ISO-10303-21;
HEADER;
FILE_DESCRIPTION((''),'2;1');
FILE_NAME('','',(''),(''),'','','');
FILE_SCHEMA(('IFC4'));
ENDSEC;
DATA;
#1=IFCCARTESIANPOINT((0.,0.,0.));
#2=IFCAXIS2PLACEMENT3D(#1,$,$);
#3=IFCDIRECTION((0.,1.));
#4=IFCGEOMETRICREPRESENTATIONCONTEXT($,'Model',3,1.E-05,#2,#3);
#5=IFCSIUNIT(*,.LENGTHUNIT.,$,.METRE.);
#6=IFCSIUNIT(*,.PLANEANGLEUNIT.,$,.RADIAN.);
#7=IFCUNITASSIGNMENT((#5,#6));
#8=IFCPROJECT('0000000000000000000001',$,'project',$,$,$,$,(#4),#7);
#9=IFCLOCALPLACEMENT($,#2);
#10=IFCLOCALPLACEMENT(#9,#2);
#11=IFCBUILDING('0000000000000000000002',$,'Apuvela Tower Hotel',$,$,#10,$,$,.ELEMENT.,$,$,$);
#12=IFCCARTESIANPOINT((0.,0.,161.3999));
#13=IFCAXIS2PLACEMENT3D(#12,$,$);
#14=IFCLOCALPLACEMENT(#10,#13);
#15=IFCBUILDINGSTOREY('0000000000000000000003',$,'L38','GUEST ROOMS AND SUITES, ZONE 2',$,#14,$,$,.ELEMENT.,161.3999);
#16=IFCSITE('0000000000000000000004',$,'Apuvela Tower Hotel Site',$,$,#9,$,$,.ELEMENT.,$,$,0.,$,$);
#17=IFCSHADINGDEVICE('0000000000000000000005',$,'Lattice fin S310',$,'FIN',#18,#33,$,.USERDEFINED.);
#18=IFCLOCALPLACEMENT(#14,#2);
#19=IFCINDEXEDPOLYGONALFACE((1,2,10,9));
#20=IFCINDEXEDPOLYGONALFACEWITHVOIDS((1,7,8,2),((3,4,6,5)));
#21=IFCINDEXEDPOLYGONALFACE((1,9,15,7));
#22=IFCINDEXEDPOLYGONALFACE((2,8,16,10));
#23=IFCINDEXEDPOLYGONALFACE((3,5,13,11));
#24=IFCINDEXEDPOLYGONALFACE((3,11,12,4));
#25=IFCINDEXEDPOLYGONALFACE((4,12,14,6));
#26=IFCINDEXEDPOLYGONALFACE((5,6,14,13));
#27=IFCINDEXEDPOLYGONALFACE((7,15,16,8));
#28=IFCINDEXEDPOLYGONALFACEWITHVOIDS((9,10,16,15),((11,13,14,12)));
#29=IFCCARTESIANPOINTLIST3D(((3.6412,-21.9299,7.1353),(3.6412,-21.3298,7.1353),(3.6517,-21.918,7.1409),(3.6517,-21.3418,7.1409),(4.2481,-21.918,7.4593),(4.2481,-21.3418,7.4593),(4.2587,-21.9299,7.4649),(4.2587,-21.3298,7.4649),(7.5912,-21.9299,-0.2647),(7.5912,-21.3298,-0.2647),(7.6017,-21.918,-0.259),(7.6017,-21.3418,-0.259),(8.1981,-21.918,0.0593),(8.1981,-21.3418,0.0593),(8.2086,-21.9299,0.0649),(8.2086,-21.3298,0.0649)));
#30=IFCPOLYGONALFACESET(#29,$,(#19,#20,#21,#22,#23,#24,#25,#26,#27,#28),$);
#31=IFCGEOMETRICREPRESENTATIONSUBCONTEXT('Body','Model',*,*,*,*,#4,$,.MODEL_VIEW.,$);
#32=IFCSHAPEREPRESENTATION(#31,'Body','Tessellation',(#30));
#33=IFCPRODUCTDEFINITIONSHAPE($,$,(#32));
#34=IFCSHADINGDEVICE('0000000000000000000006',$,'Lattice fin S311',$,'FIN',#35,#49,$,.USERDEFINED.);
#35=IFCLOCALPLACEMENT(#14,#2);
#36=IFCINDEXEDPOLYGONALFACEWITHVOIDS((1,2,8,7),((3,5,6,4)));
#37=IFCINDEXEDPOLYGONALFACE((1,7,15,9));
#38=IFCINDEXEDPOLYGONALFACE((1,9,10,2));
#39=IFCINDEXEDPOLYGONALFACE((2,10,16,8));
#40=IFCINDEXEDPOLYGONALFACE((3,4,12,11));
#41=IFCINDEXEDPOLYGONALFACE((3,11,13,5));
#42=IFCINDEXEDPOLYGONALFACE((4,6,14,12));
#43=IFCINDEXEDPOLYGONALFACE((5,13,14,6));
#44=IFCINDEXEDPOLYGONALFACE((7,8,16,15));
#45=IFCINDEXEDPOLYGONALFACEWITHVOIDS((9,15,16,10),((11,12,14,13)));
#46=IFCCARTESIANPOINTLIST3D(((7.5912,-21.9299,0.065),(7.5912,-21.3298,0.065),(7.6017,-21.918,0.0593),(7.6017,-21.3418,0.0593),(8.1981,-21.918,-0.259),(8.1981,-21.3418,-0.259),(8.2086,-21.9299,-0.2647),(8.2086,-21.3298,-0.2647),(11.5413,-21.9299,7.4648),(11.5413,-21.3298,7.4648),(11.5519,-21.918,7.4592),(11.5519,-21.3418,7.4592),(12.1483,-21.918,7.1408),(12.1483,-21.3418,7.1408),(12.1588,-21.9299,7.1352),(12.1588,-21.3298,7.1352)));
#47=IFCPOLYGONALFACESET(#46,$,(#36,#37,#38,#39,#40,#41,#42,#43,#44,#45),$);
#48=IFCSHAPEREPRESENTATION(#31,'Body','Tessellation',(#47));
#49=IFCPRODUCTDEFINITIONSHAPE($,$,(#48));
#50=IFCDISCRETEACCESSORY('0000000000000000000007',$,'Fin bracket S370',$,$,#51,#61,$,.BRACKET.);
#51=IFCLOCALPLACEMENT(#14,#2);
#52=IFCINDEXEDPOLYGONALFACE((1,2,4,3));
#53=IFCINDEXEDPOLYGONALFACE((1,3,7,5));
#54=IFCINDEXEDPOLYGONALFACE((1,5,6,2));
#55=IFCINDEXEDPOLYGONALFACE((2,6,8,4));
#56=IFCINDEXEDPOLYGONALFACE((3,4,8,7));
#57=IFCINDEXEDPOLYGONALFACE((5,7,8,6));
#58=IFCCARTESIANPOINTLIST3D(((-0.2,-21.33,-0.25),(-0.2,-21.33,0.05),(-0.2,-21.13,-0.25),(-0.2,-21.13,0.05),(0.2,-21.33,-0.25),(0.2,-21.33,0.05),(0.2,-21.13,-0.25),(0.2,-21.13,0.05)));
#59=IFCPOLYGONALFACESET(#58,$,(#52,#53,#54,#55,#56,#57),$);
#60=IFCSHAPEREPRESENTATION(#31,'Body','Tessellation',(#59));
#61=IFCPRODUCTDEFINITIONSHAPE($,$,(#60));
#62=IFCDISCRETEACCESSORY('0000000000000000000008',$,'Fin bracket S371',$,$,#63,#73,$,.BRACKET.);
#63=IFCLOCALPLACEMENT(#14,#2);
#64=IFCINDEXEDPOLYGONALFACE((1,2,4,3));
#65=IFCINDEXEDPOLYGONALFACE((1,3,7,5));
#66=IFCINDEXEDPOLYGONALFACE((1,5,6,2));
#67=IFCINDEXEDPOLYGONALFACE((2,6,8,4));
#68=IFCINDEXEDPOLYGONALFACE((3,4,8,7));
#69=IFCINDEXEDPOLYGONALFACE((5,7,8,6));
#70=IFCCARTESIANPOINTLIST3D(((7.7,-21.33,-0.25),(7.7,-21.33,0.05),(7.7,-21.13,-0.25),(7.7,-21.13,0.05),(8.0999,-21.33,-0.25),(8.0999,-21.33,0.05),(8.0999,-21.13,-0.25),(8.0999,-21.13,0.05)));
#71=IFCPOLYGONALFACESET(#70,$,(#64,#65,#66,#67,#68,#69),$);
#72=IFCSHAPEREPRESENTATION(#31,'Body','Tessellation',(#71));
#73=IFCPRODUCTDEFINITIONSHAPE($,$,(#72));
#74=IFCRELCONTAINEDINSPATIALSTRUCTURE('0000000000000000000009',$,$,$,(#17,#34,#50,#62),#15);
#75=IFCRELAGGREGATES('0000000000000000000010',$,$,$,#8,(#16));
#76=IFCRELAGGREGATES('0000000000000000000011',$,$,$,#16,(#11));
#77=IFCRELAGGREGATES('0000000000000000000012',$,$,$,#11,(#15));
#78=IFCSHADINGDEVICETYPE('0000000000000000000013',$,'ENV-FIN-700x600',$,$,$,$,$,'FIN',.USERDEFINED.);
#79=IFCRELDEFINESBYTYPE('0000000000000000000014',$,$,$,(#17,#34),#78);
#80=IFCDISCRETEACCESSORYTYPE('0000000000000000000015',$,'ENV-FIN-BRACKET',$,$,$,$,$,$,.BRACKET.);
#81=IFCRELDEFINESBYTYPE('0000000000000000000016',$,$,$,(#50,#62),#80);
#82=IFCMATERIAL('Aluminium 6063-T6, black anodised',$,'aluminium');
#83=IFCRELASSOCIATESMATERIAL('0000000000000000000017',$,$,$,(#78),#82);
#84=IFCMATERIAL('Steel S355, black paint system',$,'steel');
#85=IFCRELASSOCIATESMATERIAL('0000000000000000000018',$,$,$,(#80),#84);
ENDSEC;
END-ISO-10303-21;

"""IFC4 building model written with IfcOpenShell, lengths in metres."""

from ifc_helpers import new_model, si_unit, direction, frame, origin, origin_2d, place, context, subcontext, project, spatial, rectangle, hollow_rectangle, extrude, material, material_profile, profile_set, type_object, element, save


model = new_model("IFC4")

# Units and contexts
model_context = context("Model", 3, precision=1e-05, world=origin(), true_north=direction((0.0, 1.0)))
body_context = subcontext(model_context, "Body", "Model", "MODEL_VIEW")
ifc_project = project(units=[si_unit("LENGTHUNIT", "METRE"), si_unit("PLANEANGLEUNIT", "RADIAN")], contexts=[model_context])

# Site, building, storey
site_placement = place(None, origin())
site = spatial("IfcSite", under=ifc_project, at=site_placement, Name="Apuvela Tower Hotel Site", CompositionType="ELEMENT", RefElevation=0.0)
building_placement = place(site_placement, origin())
building = spatial("IfcBuilding", under=site, at=building_placement, Name="Apuvela Tower Hotel", CompositionType="ELEMENT")
storey_placement = place(building_placement, frame((0.0, 0.0, 161.3999)))
storey = spatial("IfcBuildingStorey", under=building, at=storey_placement, Name="L38", Description="GUEST ROOMS AND SUITES, ZONE 2", CompositionType="ELEMENT", Elevation=161.3999)

# Shading devices
ifc_material_1 = material(Name="Aluminium 6063-T6, black anodised", Category="aluminium")
ifc_material_profile_1 = material_profile(ifc_material_1, hollow_rectangle(XDim=0.6001, YDim=0.7, WallThickness=0.012, at=origin_2d()), Name="AL BOX 700x600x12")
ifc_profile_set_1 = profile_set([ifc_material_profile_1], Name="Aluminium 6063-T6, black anodised")
shading_device_type = type_object("IfcShadingDeviceType", Name="ENV-FIN-700x600", ElementType="FIN", PredefinedType="USERDEFINED", material=ifc_profile_set_1)
for number, where, z_axis, x_axis, name in (
    (1, (7.8999, -21.6299, -0.0999), (-0.470898, 0.0, 0.882188), (0.0, -1.0, 0.0), "Lattice fin S310"),
    (2, (7.8999, -21.6299, -0.0999), (0.470921, 0.0, 0.882176), (0.0, 1.0, 0.0), "Lattice fin S311"),
):
    element("IfcShadingDevice", number, at=place(storey_placement, frame(where, z_axis=z_axis, x_axis=x_axis)), inside=storey, type_object=shading_device_type, Name=name, ObjectType="FIN", PredefinedType="USERDEFINED", context=body_context, shape_type="SweptSolid", body=[
        extrude(hollow_rectangle(XDim=0.6001, YDim=0.7, WallThickness=0.012, at=origin_2d()), origin(), (0.0, 0.0, 1.0), 8.3882),
    ])

# Discrete accessories
ifc_material_2 = material(Name="Steel S355, black paint system", Category="steel")
discrete_accessory_type = type_object("IfcDiscreteAccessoryType", Name="ENV-FIN-BRACKET", PredefinedType="BRACKET", material=ifc_material_2)
for number, where, z_axis, x_axis, name in (
    (3, (0.0, -21.23, -0.25), (0.0, 0.0, 1.0), (1.0, 0.0, 0.0), "Fin bracket S370"),
    (4, (7.8999, -21.23, -0.25), (0.0, 0.0, 1.0), (1.0, 0.0, 0.0), "Fin bracket S371"),
):
    element("IfcDiscreteAccessory", number, at=place(storey_placement, frame(where, z_axis=z_axis, x_axis=x_axis)), inside=storey, type_object=discrete_accessory_type, Name=name, PredefinedType="BRACKET", context=body_context, shape_type="SweptSolid", body=[
        extrude(rectangle(XDim=0.3999, YDim=0.2, at=origin_2d()), origin(), (0.0, 0.0, 1.0), 0.3),
    ])

save(model, "model.ifc")
